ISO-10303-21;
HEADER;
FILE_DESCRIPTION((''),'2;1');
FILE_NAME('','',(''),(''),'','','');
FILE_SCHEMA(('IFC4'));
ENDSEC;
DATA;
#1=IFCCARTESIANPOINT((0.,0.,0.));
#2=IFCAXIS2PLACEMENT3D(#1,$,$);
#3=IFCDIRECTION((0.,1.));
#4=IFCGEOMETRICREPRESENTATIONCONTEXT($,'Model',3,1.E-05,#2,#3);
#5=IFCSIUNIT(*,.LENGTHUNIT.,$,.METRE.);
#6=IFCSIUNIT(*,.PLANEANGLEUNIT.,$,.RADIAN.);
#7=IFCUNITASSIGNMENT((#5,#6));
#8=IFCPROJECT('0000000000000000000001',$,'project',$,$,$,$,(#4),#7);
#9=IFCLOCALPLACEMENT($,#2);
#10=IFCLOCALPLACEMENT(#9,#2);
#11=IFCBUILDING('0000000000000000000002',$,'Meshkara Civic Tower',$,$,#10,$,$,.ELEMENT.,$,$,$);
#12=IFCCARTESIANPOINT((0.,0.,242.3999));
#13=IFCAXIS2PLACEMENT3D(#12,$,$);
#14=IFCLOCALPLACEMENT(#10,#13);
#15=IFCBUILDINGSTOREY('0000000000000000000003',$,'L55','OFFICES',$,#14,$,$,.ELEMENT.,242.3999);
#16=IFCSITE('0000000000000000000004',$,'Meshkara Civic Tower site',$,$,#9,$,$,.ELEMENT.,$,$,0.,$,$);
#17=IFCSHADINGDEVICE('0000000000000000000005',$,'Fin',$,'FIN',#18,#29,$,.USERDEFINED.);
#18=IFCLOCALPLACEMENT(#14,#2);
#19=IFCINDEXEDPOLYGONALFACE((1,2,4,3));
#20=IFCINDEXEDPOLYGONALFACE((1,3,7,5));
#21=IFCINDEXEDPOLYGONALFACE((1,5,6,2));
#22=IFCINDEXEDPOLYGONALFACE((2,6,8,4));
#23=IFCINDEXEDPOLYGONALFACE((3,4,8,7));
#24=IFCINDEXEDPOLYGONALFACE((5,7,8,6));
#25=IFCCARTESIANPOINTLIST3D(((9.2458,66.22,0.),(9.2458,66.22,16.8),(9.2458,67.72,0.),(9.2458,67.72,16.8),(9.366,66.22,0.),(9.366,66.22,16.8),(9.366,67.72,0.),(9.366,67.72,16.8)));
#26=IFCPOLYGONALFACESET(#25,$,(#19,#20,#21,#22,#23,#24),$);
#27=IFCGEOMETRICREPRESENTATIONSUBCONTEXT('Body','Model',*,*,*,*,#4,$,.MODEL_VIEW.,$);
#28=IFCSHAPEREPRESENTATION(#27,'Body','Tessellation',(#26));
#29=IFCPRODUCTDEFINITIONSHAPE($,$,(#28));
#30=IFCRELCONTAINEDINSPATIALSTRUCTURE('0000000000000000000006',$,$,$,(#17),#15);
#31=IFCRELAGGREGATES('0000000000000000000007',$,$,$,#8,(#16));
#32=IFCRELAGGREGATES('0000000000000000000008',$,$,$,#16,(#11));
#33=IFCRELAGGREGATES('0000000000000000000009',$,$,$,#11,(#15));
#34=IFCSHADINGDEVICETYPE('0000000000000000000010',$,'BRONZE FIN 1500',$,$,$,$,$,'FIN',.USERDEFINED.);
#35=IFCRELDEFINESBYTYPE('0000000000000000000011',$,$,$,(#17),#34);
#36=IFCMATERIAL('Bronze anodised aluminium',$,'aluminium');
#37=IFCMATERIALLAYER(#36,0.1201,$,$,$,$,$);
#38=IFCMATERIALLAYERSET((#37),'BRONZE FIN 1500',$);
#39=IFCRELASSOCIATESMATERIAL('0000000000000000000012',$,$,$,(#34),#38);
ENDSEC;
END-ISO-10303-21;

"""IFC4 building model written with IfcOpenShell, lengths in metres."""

from ifc_helpers import new_model, si_unit, direction, frame, origin, origin_2d, place, context, subcontext, project, spatial, rectangle, extrude, material, layer, layer_set, type_object, element, save


model = new_model("IFC4")

# Units and contexts
model_context = context("Model", 3, precision=1e-05, world=origin(), true_north=direction((0.0, 1.0)))
body_context = subcontext(model_context, "Body", "Model", "MODEL_VIEW")
ifc_project = project(units=[si_unit("LENGTHUNIT", "METRE"), si_unit("PLANEANGLEUNIT", "RADIAN")], contexts=[model_context])

# Site, building, storey
site_placement = place(None, origin())
site = spatial("IfcSite", under=ifc_project, at=site_placement, Name="Meshkara Civic Tower site", CompositionType="ELEMENT", RefElevation=0.0)
building_placement = place(site_placement, origin())
building = spatial("IfcBuilding", under=site, at=building_placement, Name="Meshkara Civic Tower", CompositionType="ELEMENT")
storey_placement = place(building_placement, frame((0.0, 0.0, 242.3999)))
storey = spatial("IfcBuildingStorey", under=building, at=storey_placement, Name="L55", Description="OFFICES", CompositionType="ELEMENT", Elevation=242.3999)

# Shading device
ifc_material_1 = material(Name="Bronze anodised aluminium", Category="aluminium")
ifc_layer_1 = layer(ifc_material_1, 0.1201)
ifc_layer_set_1 = layer_set([ifc_layer_1], Name="BRONZE FIN 1500")
shading_device_type = type_object("IfcShadingDeviceType", Name="BRONZE FIN 1500", ElementType="FIN", PredefinedType="USERDEFINED", material=ifc_layer_set_1)
for number, where, z_axis, x_axis, name in (
    (1, (9.3059, 66.97, 0.0), (0.0, 0.0, 1.0), (-1.0, 0.0, 0.0), "Fin"),
):
    element("IfcShadingDevice", number, at=place(storey_placement, frame(where, z_axis=z_axis, x_axis=x_axis)), inside=storey, type_object=shading_device_type, Name=name, ObjectType="FIN", PredefinedType="USERDEFINED", context=body_context, shape_type="SweptSolid", body=[
        extrude(rectangle(XDim=0.1201, YDim=1.5, at=origin_2d()), origin(), (0.0, 0.0, 1.0), 16.8),
    ])

save(model, "model.ifc")
